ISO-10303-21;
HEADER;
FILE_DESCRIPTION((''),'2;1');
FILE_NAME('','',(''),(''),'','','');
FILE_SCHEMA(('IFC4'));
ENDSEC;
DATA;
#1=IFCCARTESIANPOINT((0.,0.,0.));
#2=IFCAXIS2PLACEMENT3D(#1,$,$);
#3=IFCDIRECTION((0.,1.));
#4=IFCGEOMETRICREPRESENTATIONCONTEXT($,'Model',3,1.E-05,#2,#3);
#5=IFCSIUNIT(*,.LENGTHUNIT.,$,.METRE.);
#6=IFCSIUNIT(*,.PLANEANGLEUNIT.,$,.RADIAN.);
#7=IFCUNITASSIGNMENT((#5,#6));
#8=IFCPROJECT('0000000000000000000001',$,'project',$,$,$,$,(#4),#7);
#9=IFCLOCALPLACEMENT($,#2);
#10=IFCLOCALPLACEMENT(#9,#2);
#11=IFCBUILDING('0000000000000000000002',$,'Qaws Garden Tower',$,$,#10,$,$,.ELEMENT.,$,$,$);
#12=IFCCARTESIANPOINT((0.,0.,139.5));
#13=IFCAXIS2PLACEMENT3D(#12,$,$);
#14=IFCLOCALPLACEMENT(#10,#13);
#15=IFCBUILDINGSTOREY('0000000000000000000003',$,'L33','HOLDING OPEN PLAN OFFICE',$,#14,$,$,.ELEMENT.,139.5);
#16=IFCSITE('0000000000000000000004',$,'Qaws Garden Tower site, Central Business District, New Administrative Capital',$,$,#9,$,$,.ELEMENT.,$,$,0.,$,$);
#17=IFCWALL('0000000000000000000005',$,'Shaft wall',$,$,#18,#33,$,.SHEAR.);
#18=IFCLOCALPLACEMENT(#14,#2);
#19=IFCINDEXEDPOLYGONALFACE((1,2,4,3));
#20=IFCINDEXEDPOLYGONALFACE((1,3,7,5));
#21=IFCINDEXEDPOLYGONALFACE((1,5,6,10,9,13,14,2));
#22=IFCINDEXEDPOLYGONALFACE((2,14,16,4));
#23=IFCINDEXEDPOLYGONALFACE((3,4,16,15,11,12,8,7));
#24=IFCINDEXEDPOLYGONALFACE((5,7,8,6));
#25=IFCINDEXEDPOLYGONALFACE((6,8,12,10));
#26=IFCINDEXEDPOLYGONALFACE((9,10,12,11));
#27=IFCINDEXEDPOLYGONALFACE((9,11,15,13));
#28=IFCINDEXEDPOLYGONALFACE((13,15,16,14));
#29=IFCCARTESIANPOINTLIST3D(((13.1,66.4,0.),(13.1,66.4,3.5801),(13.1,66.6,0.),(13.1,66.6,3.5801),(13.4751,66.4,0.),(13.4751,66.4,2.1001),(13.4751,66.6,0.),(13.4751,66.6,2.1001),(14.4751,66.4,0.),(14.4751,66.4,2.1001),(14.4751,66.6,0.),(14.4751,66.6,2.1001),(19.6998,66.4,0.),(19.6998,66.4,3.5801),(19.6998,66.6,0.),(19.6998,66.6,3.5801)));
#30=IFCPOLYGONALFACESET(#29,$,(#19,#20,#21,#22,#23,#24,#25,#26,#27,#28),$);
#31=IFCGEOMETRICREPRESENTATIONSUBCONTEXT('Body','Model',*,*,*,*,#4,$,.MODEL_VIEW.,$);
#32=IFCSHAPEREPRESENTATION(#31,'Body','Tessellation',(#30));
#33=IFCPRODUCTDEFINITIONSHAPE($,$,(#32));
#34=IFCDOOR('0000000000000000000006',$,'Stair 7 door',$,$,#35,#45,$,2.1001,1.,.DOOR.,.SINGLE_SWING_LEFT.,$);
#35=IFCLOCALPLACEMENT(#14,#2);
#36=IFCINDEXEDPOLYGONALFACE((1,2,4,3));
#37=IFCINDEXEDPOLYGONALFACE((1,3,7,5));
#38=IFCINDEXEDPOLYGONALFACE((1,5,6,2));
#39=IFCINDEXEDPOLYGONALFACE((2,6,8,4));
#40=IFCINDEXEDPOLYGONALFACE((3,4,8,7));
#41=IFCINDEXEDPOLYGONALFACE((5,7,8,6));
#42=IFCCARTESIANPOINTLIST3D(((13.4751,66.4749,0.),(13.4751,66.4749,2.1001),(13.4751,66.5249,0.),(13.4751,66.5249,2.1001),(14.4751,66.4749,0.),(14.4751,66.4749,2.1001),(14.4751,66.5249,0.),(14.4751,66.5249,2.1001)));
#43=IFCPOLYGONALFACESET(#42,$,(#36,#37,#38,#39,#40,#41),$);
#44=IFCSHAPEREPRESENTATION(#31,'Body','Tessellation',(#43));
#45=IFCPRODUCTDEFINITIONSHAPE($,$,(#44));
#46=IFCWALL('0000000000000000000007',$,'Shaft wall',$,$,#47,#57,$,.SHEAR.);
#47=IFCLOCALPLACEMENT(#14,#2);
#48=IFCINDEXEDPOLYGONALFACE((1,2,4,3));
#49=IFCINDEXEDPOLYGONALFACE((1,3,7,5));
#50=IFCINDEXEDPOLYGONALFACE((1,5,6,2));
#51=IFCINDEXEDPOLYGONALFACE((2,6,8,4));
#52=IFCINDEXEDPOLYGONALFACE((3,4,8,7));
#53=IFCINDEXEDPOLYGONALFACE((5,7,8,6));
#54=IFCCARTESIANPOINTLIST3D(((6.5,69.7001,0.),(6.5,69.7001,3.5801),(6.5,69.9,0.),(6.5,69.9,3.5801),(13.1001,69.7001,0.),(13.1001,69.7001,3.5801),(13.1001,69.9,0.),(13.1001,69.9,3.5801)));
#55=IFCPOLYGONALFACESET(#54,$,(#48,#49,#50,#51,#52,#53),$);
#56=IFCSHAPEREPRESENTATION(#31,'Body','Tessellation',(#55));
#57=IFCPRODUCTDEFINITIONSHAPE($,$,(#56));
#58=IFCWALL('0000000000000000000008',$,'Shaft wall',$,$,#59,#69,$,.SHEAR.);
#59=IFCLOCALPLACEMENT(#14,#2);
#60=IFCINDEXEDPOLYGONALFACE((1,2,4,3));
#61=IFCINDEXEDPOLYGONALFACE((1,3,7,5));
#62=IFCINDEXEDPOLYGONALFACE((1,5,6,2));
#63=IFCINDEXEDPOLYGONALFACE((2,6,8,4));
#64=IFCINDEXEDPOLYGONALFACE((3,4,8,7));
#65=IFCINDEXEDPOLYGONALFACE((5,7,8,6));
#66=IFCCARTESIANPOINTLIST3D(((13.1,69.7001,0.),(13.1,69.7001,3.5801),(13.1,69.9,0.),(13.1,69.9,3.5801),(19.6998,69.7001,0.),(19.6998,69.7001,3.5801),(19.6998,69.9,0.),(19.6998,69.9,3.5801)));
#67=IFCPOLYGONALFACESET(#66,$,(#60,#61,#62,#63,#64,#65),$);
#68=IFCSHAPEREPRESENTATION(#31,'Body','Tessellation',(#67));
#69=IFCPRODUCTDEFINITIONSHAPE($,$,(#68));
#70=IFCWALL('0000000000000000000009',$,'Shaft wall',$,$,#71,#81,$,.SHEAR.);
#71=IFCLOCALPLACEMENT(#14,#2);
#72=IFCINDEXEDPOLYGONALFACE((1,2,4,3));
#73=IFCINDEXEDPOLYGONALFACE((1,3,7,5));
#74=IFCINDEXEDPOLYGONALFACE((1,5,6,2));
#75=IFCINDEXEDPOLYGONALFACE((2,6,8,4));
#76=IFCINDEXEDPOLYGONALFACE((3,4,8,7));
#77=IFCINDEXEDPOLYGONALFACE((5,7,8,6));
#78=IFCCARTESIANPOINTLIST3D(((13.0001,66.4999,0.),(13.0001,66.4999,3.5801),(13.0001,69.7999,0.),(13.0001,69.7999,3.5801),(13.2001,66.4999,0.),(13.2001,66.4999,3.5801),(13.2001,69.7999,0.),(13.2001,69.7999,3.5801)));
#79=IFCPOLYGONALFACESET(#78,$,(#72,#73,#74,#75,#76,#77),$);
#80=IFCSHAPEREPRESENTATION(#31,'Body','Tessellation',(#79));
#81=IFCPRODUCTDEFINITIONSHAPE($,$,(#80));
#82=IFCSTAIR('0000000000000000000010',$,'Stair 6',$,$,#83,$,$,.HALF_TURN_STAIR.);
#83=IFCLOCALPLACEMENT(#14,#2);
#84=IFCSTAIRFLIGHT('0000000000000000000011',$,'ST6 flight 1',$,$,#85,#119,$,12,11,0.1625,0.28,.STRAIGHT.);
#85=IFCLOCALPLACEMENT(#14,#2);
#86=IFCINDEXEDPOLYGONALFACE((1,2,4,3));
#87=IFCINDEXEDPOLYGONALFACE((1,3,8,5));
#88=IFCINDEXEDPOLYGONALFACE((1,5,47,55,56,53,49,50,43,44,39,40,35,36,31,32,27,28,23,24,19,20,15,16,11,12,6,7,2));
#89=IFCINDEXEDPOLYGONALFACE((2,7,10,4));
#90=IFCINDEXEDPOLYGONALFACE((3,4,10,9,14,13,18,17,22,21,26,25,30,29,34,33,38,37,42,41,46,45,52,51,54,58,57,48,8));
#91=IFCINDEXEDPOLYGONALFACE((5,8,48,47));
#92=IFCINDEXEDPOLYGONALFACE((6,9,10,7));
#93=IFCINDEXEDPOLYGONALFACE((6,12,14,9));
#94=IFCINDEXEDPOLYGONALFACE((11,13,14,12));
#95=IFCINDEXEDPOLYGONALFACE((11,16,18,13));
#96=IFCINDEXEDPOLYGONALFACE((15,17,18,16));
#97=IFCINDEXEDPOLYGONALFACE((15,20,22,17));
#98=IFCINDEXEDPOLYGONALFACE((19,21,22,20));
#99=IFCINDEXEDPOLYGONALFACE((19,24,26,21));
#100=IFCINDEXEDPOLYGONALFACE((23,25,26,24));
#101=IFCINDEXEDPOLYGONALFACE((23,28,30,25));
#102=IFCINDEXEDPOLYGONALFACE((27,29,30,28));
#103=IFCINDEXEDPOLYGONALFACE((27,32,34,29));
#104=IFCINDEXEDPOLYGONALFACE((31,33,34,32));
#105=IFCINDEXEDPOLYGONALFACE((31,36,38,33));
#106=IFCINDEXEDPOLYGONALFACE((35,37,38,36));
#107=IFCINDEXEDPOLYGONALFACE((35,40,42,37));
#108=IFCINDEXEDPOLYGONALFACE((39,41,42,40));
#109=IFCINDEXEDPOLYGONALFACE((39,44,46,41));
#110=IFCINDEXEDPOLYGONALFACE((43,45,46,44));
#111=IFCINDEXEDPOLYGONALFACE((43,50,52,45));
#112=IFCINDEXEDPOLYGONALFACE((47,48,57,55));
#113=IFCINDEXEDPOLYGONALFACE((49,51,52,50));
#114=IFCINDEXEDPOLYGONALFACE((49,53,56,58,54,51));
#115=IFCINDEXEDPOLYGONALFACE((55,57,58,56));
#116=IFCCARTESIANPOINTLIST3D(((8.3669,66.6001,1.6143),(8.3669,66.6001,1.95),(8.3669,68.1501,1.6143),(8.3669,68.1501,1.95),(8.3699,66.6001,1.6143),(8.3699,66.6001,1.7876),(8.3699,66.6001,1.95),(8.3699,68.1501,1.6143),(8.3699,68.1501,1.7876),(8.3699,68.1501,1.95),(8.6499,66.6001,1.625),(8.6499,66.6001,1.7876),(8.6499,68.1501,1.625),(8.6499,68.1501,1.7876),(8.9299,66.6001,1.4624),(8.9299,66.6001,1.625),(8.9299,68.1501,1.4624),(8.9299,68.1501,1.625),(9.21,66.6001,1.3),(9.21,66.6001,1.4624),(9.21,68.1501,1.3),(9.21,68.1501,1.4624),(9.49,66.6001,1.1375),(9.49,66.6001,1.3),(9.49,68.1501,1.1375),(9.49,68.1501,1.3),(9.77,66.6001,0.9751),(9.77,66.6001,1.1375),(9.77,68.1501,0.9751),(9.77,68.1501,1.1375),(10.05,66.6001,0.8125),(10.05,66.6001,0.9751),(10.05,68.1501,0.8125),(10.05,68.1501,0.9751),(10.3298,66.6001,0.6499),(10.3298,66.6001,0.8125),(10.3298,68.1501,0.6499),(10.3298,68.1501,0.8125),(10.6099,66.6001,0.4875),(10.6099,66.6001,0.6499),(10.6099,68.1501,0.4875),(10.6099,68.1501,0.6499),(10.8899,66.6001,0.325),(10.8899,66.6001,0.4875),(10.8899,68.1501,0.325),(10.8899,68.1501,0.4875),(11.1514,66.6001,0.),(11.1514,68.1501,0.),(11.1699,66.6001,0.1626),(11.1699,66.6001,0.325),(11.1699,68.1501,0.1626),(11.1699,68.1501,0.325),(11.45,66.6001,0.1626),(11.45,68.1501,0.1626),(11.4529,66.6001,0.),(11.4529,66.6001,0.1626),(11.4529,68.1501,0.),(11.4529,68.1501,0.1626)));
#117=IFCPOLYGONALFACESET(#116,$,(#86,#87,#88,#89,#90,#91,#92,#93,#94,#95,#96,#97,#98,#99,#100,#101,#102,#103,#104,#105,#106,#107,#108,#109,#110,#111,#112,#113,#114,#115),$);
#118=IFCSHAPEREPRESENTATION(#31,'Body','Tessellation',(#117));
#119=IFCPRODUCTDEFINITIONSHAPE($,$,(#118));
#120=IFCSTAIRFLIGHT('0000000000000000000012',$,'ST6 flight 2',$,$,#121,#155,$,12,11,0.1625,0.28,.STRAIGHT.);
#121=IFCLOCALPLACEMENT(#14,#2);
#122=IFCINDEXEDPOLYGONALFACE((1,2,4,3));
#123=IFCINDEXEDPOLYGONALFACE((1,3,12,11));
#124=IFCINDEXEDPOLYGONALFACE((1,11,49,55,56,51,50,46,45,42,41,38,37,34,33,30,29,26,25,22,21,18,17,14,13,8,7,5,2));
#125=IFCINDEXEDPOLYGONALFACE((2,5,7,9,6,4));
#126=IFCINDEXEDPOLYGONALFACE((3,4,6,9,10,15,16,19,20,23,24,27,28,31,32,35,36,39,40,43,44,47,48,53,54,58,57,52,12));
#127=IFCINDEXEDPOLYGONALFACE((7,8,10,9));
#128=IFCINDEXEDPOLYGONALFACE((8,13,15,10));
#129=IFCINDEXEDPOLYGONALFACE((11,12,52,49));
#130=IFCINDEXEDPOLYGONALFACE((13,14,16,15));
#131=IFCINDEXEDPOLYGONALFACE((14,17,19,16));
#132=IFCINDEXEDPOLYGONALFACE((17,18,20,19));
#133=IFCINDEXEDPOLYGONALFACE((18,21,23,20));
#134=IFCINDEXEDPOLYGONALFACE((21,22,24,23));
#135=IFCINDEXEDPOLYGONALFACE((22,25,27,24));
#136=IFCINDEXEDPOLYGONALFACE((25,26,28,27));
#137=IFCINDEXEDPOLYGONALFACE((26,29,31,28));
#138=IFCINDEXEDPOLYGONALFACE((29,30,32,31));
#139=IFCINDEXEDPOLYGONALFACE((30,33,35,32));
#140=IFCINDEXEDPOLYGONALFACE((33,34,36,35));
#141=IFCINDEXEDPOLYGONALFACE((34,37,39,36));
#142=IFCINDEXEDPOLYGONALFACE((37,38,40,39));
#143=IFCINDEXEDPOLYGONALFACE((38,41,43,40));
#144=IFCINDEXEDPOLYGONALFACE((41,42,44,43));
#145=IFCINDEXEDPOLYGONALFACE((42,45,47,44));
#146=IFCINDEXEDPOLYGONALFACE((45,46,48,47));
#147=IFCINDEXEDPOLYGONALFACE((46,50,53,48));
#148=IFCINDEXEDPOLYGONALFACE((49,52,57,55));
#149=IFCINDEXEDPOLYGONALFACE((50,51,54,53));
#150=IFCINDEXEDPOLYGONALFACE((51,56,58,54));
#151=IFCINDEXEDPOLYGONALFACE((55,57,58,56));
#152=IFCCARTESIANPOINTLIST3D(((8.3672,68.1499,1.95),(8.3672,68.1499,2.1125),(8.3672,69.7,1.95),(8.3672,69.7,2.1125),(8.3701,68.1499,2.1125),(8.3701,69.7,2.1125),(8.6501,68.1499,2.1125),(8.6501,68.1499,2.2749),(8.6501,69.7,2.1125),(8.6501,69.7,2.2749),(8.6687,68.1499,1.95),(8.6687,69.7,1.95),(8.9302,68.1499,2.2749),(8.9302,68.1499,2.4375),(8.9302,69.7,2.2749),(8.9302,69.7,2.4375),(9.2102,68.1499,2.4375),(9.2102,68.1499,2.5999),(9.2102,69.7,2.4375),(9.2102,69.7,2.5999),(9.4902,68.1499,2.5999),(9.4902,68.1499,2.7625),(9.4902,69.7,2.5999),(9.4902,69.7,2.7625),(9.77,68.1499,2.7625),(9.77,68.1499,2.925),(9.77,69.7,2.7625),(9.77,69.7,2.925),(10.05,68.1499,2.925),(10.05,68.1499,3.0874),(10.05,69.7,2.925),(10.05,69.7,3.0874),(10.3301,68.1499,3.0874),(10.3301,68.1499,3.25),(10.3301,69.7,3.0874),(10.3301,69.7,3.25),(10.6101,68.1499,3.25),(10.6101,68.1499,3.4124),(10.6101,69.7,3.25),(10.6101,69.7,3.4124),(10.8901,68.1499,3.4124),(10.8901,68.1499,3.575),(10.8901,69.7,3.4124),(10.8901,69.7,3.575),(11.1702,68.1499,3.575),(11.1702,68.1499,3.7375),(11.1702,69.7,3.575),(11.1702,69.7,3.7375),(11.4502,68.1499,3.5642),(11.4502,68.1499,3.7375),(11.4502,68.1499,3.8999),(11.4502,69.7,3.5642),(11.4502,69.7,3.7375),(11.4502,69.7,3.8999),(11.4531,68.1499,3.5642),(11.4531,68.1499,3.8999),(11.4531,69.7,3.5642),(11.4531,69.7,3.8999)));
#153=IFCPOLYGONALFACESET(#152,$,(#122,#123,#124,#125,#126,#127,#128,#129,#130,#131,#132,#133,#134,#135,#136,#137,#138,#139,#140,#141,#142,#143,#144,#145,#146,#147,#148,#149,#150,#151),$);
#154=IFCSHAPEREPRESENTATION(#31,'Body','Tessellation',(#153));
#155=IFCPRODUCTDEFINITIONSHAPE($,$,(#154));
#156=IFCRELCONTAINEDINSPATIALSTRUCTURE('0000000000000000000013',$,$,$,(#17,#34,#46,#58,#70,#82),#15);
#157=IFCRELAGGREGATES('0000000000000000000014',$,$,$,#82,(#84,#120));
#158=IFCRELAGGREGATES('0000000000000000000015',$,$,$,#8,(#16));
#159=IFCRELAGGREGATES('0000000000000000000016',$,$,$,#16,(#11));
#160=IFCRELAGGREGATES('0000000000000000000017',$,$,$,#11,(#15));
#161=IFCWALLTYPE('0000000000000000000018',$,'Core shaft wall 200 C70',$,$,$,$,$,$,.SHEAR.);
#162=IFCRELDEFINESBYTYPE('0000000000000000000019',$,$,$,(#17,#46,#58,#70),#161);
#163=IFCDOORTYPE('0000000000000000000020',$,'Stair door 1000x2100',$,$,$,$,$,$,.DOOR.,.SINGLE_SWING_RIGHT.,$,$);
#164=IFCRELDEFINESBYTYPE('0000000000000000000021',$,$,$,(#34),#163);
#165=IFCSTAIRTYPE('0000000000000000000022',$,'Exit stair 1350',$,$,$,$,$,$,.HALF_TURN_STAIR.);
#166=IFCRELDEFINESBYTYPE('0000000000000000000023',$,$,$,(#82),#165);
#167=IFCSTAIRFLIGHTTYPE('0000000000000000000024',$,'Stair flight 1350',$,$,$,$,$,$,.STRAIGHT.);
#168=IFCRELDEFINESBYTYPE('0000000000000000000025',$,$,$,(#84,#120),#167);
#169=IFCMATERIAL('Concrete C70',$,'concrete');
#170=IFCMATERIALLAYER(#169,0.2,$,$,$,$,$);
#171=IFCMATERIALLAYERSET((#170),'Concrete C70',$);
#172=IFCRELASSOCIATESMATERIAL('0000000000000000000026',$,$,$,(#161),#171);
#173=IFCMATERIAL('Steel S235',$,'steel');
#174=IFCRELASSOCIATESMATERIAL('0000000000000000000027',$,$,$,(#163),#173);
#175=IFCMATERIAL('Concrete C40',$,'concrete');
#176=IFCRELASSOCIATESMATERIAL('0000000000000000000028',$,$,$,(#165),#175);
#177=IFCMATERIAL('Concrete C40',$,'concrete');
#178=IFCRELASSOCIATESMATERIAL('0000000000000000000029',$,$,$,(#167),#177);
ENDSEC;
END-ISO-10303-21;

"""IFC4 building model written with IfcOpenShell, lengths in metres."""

from ifc_helpers import new_model, si_unit, direction, frame, frame_2d, origin, place, context, subcontext, project, spatial, polyline, rectangle, outline, extrude, material, layer, layer_set, type_object, element, fill, aggregate, save


model = new_model("IFC4")

# Units and contexts
model_context = context("Model", 3, precision=1e-05, world=origin(), true_north=direction((0.0, 1.0)))
body_context = subcontext(model_context, "Body", "Model", "MODEL_VIEW")
ifc_project = project(units=[si_unit("LENGTHUNIT", "METRE"), si_unit("PLANEANGLEUNIT", "RADIAN")], contexts=[model_context])

# Site, building, storey
site_placement = place(None, origin())
site = spatial("IfcSite", under=ifc_project, at=site_placement, Name="Qaws Garden Tower site, Central Business District, New Administrative Capital", CompositionType="ELEMENT", RefElevation=0.0)
building_placement = place(site_placement, origin())
building = spatial("IfcBuilding", under=site, at=building_placement, Name="Qaws Garden Tower", CompositionType="ELEMENT")
storey_placement = place(building_placement, frame((0.0, 0.0, 139.5)))
storey = spatial("IfcBuildingStorey", under=building, at=storey_placement, Name="L33", Description="HOLDING OPEN PLAN OFFICE", CompositionType="ELEMENT", Elevation=139.5)

# Wall, opening, door
ifc_material_1 = material(Name="Concrete C70", Category="concrete")
ifc_layer_1 = layer(ifc_material_1, 0.2)
ifc_layer_set_1 = layer_set([ifc_layer_1], Name="Concrete C70")
wall_type_1 = type_object("IfcWallType", Name="Core shaft wall 200 C70", PredefinedType="SHEAR", material=ifc_layer_set_1)
wall_1_placement = place(storey_placement, frame((13.1001, 66.5, 0.0), z_axis=(0.0, 0.0, 1.0), x_axis=(1.0, 0.0, 0.0)))
wall_1 = element("IfcWall", 1, at=wall_1_placement, inside=storey, type_object=wall_type_1, Name="Shaft wall", PredefinedType="SHEAR", context=body_context, shape_type="SweptSolid", body=[
    extrude(rectangle(XDim=6.5999, YDim=0.2, at=frame_2d((3.2998, 0.0))), origin(), (0.0, 0.0, 1.0), 3.5801),
])
opening_1_placement = place(wall_1_placement, frame((0.375, 0.0, 0.0)))
opening_1 = element("IfcOpeningElement", 2, at=opening_1_placement, cuts=wall_1, PredefinedType="OPENING", context=body_context, shape_type="SweptSolid", body=[
    extrude(rectangle(XDim=1.0, YDim=2.1001, at=frame_2d((0.5, 1.05))), frame((0.0, 0.1099, 0.0), z_axis=(0.0, -1.0, 0.0), x_axis=(1.0, 0.0, 0.0)), (0.0, 0.0, 1.0), 0.22),
])
ifc_material_2 = material(Name="Steel S235", Category="steel")
door_type = type_object("IfcDoorType", Name="Stair door 1000x2100", OperationType="SINGLE_SWING_RIGHT", PredefinedType="DOOR", material=ifc_material_2)
door_placement = place(opening_1_placement, origin())
door = element("IfcDoor", 3, at=door_placement, inside=storey, type_object=door_type, Name="Stair 7 door", OperationType="SINGLE_SWING_LEFT", OverallHeight=2.1001, OverallWidth=1.0, PredefinedType="DOOR", context=body_context, shape_type="SweptSolid", body=[
    extrude(rectangle(XDim=1.0, YDim=2.1001, at=frame_2d((0.5, 1.05))), frame((0.0, 0.0249, 0.0), z_axis=(0.0, -1.0, 0.0), x_axis=(1.0, 0.0, 0.0)), (0.0, 0.0, 1.0), 0.05),
])
fill(opening_1, door)

# Walls
wall_2_placement = place(storey_placement, frame((6.5, 69.8, 0.0), z_axis=(0.0, 0.0, 1.0), x_axis=(1.0, 0.0, 0.0)))
element("IfcWall", 4, at=wall_2_placement, inside=storey, type_object=wall_type_1, Name="Shaft wall", PredefinedType="SHEAR", context=body_context, shape_type="SweptSolid", body=[
    extrude(rectangle(XDim=6.6001, YDim=0.2, at=frame_2d((3.3, 0.0))), origin(), (0.0, 0.0, 1.0), 3.5801),
])
wall_3_placement = place(storey_placement, frame((13.1001, 69.8, 0.0), z_axis=(0.0, 0.0, 1.0), x_axis=(1.0, 0.0, 0.0)))
element("IfcWall", 5, at=wall_3_placement, inside=storey, type_object=wall_type_1, Name="Shaft wall", PredefinedType="SHEAR", context=body_context, shape_type="SweptSolid", body=[
    extrude(rectangle(XDim=6.5999, YDim=0.2, at=frame_2d((3.2998, 0.0))), origin(), (0.0, 0.0, 1.0), 3.5801),
])
wall_4_placement = place(storey_placement, frame((13.1001, 66.5, 0.0), z_axis=(0.0, 0.0, 1.0), x_axis=(0.0, 1.0, 0.0)))
element("IfcWall", 6, at=wall_4_placement, inside=storey, type_object=wall_type_1, Name="Shaft wall", PredefinedType="SHEAR", context=body_context, shape_type="SweptSolid", body=[
    extrude(rectangle(XDim=3.3, YDim=0.2, at=frame_2d((1.6499, 0.0))), origin(), (0.0, 0.0, 1.0), 3.5801),
])

# Stair, stair flights
ifc_material_3 = material(Name="Concrete C40", Category="concrete")
stair_type = type_object("IfcStairType", Name="Exit stair 1350", PredefinedType="HALF_TURN_STAIR", material=ifc_material_3)
placement = place(storey_placement, origin())
stair_1 = element("IfcStair", 7, at=placement, inside=storey, type_object=stair_type, Name="Stair 6", PredefinedType="HALF_TURN_STAIR")
ifc_material_4 = material(Name="Concrete C40", Category="concrete")
stair_flight_type = type_object("IfcStairFlightType", Name="Stair flight 1350", PredefinedType="STRAIGHT", material=ifc_material_4)
stair_flight_1_placement = place(storey_placement, frame((11.45, 67.375, 0.0), z_axis=(0.0, 0.0, 1.0), x_axis=(-1.0, 0.0, 0.0)))
stair_flight_1 = element("IfcStairFlight", 8, at=stair_flight_1_placement, type_object=stair_flight_type, Name="ST6 flight 1", NumberOfRisers=12, NumberOfTreads=11, PredefinedType="STRAIGHT", RiserHeight=0.1625, TreadLength=0.28, context=body_context, shape_type="SweptSolid", body=[
    extrude(outline(polyline([(-0.0029, 0.0), (-0.0029, 0.1626), (0.0, 0.1626), (0.28, 0.1626), (0.28, 0.325), (0.5601, 0.325), (0.5601, 0.4875), (0.8401, 0.4875), (0.8401, 0.6499), (1.1201, 0.6499), (1.1201, 0.8125), (1.3999, 0.8125), (1.3999, 0.9751), (1.6799, 0.9751), (1.6799, 1.1375), (1.96, 1.1375), (1.96, 1.3), (2.24, 1.3), (2.24, 1.4624), (2.52, 1.4624), (2.52, 1.625), (2.8, 1.625), (2.8, 1.7876), (3.0801, 1.7876), (3.0801, 1.95), (3.083, 1.95), (3.083, 1.6143), (3.0801, 1.6143), (0.2986, 0.0), (-0.0029, 0.0)])), frame((0.0, 0.7749, 0.0), z_axis=(0.0, -1.0, 0.0), x_axis=(1.0, 0.0, 0.0)), (0.0, 0.0, 1.0), 1.55),
])
stair_flight_2_placement = place(storey_placement, frame((8.3701, 68.925, 1.95), z_axis=(0.0, 0.0, 1.0), x_axis=(1.0, 0.0, 0.0)))
stair_flight_2 = element("IfcStairFlight", 9, at=stair_flight_2_placement, type_object=stair_flight_type, Name="ST6 flight 2", NumberOfRisers=12, NumberOfTreads=11, PredefinedType="STRAIGHT", RiserHeight=0.1625, TreadLength=0.28, context=body_context, shape_type="SweptSolid", body=[
    extrude(outline(polyline([(-0.0029, 0.0), (-0.0029, 0.1626), (0.0, 0.1626), (0.28, 0.1626), (0.28, 0.325), (0.5601, 0.325), (0.5601, 0.4875), (0.8401, 0.4875), (0.8401, 0.6499), (1.1201, 0.6499), (1.1201, 0.8125), (1.3999, 0.8125), (1.3999, 0.9751), (1.6799, 0.9751), (1.6799, 1.1375), (1.96, 1.1375), (1.96, 1.3), (2.24, 1.3), (2.24, 1.4624), (2.52, 1.4624), (2.52, 1.625), (2.8, 1.625), (2.8, 1.7876), (3.0801, 1.7876), (3.0801, 1.95), (3.083, 1.95), (3.083, 1.6143), (3.0801, 1.6143), (0.2986, 0.0), (-0.0029, 0.0)])), frame((0.0, 0.7749, 0.0), z_axis=(0.0, -1.0, 0.0), x_axis=(1.0, 0.0, 0.0)), (0.0, 0.0, 1.0), 1.55),
])
aggregate(stair_1, [stair_flight_1, stair_flight_2])

save(model, "model.ifc")
